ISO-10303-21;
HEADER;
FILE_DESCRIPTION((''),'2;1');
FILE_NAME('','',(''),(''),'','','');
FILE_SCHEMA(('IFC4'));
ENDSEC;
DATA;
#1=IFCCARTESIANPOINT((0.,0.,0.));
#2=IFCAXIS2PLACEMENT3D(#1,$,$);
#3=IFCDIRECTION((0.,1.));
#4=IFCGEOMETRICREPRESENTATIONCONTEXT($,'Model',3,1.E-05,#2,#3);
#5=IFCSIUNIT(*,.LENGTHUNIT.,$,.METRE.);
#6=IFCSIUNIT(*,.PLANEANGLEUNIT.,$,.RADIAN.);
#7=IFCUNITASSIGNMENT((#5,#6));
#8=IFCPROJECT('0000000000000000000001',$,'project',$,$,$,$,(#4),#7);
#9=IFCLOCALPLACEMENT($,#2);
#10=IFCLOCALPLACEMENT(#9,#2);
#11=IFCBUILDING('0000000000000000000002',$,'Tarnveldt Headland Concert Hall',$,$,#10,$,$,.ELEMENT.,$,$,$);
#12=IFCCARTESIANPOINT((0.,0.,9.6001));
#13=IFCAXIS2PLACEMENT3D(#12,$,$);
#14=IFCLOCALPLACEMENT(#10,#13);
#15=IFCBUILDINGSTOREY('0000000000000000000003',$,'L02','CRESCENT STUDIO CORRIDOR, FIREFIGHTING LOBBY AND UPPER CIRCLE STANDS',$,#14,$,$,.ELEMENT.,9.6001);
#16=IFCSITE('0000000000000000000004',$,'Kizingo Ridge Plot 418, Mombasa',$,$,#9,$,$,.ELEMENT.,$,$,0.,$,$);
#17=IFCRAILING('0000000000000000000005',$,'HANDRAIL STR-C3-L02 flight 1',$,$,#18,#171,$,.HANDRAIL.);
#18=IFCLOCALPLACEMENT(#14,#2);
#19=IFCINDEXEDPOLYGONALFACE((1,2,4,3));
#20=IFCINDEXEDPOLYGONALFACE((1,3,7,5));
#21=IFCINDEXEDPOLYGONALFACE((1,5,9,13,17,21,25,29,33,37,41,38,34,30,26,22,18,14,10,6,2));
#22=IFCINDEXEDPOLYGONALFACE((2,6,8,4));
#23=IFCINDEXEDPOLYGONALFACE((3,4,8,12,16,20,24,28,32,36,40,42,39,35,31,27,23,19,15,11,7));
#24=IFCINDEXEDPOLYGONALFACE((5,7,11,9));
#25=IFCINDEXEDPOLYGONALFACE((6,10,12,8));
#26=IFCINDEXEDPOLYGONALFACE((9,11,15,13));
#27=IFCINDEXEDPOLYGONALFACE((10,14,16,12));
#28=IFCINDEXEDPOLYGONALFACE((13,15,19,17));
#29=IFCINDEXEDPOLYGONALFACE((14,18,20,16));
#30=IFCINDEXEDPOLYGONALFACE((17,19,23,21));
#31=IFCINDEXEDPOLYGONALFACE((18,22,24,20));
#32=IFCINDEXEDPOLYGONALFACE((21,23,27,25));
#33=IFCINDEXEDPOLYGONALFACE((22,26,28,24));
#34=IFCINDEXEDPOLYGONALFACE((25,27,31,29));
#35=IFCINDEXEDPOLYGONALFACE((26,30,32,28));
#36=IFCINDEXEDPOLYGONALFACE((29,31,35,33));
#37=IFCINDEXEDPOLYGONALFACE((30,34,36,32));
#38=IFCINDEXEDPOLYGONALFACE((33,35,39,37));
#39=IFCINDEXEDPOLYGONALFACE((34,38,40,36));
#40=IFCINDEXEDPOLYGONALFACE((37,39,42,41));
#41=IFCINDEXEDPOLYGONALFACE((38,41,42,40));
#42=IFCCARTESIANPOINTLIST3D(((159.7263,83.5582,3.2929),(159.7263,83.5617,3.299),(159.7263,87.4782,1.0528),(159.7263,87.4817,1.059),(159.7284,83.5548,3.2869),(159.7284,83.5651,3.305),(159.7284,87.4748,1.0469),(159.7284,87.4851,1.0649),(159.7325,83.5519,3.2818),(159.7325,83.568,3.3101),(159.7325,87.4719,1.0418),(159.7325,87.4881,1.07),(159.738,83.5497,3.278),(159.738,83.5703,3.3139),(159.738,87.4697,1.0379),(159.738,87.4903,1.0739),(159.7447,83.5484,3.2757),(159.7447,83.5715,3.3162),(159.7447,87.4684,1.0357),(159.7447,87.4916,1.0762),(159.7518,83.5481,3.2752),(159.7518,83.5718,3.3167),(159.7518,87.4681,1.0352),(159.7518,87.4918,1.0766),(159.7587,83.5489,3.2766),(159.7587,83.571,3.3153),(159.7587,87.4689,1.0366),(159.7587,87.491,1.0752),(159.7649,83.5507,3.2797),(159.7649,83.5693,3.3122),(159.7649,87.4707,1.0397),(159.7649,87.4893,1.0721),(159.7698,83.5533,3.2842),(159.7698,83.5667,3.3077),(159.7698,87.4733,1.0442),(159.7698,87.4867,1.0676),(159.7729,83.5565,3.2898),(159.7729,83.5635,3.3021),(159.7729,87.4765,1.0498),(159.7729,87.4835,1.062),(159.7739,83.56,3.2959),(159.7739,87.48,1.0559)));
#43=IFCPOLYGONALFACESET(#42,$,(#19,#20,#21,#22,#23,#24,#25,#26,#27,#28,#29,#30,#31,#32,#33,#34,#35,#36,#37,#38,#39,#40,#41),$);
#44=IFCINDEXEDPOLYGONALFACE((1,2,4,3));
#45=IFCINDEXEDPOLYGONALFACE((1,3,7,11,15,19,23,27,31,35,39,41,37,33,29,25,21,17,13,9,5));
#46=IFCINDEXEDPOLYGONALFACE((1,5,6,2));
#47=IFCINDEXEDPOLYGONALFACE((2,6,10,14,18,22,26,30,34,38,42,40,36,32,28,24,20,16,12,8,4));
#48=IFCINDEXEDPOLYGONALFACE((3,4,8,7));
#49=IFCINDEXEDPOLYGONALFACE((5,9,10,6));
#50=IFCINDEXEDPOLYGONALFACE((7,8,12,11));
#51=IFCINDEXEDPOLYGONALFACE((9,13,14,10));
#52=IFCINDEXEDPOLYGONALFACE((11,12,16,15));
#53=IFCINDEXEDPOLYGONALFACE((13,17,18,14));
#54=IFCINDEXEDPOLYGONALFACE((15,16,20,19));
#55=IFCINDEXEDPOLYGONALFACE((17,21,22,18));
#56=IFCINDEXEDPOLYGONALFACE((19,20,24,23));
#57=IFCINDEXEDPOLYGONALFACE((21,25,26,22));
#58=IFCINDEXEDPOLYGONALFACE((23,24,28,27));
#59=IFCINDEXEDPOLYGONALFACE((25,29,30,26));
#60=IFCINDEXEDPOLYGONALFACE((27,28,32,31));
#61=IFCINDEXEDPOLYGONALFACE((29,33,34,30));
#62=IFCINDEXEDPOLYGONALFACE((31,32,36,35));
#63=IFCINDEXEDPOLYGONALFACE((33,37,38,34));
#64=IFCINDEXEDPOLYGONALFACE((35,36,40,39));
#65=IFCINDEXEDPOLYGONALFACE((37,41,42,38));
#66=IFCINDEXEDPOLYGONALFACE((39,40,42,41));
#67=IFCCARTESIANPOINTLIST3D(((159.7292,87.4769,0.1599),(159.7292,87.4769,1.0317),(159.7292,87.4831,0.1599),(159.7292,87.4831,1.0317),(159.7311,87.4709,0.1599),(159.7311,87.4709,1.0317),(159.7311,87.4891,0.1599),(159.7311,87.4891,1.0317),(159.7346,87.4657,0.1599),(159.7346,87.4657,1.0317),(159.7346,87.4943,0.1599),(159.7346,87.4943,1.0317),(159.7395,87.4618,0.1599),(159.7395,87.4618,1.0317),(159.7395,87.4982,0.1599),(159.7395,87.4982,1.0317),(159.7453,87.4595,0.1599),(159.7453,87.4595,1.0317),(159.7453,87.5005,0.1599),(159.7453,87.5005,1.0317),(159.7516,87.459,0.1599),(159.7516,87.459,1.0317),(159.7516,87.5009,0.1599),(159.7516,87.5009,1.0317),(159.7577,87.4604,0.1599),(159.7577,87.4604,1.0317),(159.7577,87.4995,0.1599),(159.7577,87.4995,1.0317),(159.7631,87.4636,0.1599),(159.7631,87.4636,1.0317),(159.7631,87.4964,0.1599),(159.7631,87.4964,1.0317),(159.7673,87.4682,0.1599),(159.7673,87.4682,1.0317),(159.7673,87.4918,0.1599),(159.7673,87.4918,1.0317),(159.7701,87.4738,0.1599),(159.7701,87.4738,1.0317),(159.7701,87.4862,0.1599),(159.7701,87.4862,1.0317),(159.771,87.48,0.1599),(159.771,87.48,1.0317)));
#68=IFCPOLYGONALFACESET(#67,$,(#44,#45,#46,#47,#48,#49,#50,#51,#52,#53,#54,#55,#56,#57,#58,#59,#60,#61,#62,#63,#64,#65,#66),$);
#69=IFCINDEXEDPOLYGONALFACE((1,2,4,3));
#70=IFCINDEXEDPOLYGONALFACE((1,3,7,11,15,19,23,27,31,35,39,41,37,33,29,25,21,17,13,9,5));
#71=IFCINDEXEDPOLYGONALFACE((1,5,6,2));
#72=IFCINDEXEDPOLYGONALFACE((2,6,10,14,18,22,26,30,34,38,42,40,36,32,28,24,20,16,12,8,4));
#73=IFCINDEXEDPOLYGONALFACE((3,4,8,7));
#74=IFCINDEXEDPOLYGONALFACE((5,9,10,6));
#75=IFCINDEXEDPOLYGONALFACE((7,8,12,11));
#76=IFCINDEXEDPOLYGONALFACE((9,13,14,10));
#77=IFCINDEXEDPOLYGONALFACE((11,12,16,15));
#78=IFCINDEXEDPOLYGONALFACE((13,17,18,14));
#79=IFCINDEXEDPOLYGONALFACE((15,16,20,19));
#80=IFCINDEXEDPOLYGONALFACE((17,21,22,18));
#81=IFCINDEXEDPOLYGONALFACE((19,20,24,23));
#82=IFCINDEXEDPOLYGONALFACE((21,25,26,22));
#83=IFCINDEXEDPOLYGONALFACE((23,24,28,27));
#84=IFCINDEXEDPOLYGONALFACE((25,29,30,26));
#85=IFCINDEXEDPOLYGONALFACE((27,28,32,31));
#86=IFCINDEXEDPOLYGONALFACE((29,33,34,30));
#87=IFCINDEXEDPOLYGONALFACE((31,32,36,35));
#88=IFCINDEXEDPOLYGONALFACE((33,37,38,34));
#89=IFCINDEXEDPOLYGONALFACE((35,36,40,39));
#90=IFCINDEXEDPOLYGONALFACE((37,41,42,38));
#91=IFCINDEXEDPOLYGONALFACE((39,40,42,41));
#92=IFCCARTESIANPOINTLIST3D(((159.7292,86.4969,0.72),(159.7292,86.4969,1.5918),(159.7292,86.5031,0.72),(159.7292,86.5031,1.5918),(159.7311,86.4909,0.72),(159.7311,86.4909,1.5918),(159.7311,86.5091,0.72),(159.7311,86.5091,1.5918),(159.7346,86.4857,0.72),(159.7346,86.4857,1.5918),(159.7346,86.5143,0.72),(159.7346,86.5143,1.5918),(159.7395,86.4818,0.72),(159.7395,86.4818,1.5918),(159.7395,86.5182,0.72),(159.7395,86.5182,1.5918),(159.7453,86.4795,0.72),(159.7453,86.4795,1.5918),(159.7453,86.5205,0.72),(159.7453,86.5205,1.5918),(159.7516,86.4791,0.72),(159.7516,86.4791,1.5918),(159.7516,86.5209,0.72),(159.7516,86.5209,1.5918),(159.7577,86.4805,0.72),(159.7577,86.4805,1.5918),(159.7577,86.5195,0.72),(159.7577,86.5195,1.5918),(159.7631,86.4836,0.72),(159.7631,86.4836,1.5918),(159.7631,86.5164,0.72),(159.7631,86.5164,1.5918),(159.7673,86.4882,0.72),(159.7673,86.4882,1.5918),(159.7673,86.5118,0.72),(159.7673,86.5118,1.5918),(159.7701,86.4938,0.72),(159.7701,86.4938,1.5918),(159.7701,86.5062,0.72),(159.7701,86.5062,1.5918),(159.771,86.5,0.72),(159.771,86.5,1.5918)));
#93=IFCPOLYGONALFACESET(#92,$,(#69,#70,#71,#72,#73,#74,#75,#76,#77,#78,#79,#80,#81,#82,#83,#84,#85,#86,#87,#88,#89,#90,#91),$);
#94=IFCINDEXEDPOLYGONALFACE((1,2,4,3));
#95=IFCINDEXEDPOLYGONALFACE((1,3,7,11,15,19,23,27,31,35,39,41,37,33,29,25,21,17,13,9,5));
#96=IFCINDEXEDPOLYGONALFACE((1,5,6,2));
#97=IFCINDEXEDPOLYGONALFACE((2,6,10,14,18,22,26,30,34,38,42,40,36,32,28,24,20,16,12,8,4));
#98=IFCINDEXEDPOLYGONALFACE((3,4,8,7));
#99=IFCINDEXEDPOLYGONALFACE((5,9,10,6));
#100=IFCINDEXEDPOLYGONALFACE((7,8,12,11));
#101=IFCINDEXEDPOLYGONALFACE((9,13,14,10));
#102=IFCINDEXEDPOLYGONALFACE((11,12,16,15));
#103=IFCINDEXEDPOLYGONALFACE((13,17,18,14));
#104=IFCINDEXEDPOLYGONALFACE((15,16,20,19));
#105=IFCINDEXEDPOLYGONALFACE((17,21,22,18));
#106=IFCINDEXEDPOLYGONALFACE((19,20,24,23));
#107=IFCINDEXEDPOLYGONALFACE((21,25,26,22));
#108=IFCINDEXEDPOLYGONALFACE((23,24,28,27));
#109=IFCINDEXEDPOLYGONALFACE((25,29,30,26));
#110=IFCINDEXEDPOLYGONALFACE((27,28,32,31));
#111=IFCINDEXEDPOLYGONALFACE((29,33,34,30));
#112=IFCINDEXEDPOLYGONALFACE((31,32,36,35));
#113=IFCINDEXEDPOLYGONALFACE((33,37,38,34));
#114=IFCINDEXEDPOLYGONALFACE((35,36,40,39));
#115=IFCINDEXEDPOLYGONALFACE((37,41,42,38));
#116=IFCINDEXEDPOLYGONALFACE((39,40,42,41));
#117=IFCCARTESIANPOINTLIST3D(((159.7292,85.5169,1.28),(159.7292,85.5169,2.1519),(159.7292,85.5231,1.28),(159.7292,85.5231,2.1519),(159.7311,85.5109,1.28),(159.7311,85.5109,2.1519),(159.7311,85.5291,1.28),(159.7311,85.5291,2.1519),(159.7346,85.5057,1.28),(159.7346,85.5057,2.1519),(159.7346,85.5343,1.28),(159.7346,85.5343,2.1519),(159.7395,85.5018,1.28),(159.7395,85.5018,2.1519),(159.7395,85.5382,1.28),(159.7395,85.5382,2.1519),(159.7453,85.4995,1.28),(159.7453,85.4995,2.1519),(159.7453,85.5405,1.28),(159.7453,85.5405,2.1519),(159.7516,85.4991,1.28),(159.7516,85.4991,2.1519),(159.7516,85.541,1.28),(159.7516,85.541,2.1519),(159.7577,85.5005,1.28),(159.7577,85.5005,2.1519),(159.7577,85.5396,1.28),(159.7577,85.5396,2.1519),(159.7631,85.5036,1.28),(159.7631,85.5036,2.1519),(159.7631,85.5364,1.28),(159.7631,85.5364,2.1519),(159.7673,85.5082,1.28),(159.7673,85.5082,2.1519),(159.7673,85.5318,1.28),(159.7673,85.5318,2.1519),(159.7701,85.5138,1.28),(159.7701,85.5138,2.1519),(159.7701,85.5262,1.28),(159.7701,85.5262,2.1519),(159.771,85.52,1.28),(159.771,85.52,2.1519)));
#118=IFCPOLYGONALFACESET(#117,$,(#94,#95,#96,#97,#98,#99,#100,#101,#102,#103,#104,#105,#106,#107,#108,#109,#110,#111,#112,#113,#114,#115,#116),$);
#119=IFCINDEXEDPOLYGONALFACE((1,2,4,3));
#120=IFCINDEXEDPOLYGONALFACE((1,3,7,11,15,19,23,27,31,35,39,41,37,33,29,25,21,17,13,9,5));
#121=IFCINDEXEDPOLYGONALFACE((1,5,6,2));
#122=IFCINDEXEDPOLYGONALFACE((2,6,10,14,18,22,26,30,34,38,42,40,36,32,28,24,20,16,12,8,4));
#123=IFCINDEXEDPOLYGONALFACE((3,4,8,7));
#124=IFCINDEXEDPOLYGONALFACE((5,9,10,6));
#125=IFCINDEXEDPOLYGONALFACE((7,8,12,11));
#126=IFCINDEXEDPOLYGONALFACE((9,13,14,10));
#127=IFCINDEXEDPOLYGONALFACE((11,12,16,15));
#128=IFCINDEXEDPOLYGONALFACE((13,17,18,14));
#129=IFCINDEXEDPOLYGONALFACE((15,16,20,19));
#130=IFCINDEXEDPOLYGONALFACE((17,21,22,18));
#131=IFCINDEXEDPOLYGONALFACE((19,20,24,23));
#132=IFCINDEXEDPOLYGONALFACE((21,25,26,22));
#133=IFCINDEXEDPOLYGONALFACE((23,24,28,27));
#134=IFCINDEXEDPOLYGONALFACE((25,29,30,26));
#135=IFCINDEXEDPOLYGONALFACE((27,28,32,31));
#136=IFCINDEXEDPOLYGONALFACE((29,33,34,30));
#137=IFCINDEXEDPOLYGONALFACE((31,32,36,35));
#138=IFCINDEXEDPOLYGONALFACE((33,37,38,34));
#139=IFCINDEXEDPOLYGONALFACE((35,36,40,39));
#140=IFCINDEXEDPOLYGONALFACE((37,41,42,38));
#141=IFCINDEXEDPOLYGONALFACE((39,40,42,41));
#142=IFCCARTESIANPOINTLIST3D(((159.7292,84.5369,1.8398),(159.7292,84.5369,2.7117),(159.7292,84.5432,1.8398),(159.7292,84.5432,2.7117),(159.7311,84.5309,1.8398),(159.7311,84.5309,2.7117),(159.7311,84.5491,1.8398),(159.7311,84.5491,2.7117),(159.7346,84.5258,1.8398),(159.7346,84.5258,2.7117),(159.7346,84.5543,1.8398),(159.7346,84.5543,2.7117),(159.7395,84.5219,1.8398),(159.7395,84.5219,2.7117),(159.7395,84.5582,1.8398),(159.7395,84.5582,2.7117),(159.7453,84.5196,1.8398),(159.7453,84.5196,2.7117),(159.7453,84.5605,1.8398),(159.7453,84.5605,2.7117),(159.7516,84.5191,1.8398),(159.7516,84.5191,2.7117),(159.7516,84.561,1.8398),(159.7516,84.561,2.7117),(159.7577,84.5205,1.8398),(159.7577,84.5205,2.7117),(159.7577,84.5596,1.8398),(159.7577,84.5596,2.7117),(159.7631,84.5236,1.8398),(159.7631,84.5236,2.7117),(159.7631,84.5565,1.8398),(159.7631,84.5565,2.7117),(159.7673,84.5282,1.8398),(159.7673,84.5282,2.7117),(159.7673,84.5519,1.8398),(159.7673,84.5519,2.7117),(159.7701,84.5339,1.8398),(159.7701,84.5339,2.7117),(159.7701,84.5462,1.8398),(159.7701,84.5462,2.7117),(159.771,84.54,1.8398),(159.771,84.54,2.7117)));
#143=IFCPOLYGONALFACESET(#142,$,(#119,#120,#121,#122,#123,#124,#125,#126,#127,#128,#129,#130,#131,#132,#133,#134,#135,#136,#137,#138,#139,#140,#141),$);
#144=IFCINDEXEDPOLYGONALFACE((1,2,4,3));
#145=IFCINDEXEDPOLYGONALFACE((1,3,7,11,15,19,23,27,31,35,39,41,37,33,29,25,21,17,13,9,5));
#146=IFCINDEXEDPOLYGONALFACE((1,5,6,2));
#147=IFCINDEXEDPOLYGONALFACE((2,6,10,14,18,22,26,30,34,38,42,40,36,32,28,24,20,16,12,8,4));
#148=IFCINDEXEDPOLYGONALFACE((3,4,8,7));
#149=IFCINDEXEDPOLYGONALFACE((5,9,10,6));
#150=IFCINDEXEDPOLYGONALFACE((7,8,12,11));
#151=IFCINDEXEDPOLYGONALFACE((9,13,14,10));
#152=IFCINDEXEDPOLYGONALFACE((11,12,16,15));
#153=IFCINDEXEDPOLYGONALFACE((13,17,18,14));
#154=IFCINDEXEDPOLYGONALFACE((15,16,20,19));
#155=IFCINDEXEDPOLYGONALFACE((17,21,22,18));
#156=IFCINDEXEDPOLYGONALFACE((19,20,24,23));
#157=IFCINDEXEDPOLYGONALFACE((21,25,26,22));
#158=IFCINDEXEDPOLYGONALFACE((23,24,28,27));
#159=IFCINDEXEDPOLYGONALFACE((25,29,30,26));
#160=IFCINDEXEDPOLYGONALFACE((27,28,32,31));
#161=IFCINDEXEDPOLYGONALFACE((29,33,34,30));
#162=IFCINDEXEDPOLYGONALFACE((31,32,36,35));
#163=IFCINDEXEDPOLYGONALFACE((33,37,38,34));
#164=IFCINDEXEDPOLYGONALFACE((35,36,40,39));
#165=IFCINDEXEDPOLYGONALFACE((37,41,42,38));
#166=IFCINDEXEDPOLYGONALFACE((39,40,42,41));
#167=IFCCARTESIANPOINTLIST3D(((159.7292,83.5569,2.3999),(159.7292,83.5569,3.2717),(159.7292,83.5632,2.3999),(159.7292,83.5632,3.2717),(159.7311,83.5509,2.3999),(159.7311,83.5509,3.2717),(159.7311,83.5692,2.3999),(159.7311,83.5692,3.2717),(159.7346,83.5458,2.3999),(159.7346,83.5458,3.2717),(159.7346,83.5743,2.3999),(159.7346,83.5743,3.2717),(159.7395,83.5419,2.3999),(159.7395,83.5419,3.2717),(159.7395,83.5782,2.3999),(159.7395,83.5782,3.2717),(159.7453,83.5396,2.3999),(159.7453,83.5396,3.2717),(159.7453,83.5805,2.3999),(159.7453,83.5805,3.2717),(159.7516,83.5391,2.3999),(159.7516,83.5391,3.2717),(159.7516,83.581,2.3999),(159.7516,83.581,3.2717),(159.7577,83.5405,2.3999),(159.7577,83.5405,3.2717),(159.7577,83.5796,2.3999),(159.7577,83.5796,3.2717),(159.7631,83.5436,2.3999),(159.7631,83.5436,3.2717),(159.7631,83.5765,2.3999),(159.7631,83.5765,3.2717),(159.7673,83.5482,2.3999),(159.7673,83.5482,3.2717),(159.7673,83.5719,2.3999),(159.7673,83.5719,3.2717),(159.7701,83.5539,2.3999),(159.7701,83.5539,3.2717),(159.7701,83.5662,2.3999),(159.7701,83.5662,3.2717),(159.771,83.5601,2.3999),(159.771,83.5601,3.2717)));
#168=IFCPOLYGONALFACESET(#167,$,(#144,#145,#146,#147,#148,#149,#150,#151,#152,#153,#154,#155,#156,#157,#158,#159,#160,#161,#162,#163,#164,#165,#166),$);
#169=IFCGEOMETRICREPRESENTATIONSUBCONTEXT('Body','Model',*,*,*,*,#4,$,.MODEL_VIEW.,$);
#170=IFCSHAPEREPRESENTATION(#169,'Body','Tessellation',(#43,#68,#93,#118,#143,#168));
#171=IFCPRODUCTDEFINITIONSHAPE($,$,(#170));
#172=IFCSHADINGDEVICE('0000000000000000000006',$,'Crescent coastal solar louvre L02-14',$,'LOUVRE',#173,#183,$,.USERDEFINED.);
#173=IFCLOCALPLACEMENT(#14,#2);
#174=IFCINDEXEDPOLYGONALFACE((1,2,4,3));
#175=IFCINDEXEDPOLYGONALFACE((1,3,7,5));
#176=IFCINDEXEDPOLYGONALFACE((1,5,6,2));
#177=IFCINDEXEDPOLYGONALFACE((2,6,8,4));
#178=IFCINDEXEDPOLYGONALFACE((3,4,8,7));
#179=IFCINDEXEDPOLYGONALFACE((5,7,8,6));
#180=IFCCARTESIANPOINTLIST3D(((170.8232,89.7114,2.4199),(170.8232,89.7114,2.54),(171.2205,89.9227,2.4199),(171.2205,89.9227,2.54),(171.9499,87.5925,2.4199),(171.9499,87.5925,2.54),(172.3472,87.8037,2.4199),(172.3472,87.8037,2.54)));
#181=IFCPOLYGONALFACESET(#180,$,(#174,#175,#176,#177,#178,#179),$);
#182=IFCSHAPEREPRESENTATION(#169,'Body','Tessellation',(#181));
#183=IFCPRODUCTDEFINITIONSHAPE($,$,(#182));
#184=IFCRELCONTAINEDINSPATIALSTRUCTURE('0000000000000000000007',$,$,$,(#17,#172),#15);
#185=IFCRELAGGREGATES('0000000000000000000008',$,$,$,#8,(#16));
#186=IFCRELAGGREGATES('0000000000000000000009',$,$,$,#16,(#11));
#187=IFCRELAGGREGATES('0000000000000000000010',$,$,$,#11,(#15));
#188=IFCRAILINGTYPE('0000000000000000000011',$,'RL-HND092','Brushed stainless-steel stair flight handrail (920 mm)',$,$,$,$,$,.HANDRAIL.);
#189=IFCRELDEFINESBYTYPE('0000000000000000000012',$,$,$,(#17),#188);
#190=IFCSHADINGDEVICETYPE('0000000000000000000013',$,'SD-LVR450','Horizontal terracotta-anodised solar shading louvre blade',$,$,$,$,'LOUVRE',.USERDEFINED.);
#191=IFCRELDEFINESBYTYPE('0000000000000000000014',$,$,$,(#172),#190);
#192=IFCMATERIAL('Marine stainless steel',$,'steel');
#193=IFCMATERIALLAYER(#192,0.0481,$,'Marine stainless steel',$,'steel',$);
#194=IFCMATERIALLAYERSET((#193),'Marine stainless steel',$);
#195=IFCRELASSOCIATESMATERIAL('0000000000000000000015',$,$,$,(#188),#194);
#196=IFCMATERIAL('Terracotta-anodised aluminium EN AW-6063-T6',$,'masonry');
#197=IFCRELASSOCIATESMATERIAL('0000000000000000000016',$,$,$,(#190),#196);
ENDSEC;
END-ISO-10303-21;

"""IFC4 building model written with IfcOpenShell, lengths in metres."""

from ifc_helpers import new_model, si_unit, direction, frame, origin, origin_2d, place, context, subcontext, project, spatial, rectangle, circle, extrude, material, layer, layer_set, type_object, element, save


model = new_model("IFC4")

# Units and contexts
model_context = context("Model", 3, precision=1e-05, world=origin(), true_north=direction((0.0, 1.0)))
body_context = subcontext(model_context, "Body", "Model", "MODEL_VIEW")
ifc_project = project(units=[si_unit("LENGTHUNIT", "METRE"), si_unit("PLANEANGLEUNIT", "RADIAN")], contexts=[model_context])

# Site, building, storey
site_placement = place(None, origin())
site = spatial("IfcSite", under=ifc_project, at=site_placement, Name="Kizingo Ridge Plot 418, Mombasa", CompositionType="ELEMENT", RefElevation=0.0)
building_placement = place(site_placement, origin())
building = spatial("IfcBuilding", under=site, at=building_placement, Name="Tarnveldt Headland Concert Hall", CompositionType="ELEMENT")
storey_placement = place(building_placement, frame((0.0, 0.0, 9.6001)))
storey = spatial("IfcBuildingStorey", under=building, at=storey_placement, Name="L02", Description="CRESCENT STUDIO CORRIDOR, FIREFIGHTING LOBBY AND UPPER CIRCLE STANDS", CompositionType="ELEMENT", Elevation=9.6001)

# Railing
ifc_material_1 = material(Name="Marine stainless steel", Category="steel")
ifc_layer_1 = layer(ifc_material_1, 0.0481, Name="Marine stainless steel", Category="steel")
ifc_layer_set_1 = layer_set([ifc_layer_1], Name="Marine stainless steel")
railing_type = type_object("IfcRailingType", Name="RL-HND092", Description="Brushed stainless-steel stair flight handrail (920 mm)", PredefinedType="HANDRAIL", material=ifc_layer_set_1)
railing_placement = place(storey_placement, frame((159.75, 87.48, 0.1599)))
element("IfcRailing", 1, at=railing_placement, inside=storey, type_object=railing_type, Name="HANDRAIL STR-C3-L02 flight 1", PredefinedType="HANDRAIL", context=body_context, shape_type="SweptSolid", body=[
    extrude(circle(Radius=0.0239, at=origin_2d()), frame((0.0, 0.0, 0.896), z_axis=(0.0, -0.86824, 0.496145), x_axis=(1.0, 0.0, 0.0)), (0.0, 0.0, 1.0), 4.5149),
    extrude(circle(Radius=0.021, at=origin_2d()), origin(), (0.0, 0.0, 1.0), 0.8718),
    extrude(circle(Radius=0.021, at=origin_2d()), frame((0.0, -0.98, 0.5601)), (0.0, 0.0, 1.0), 0.8718),
    extrude(circle(Radius=0.021, at=origin_2d()), frame((0.0, -1.96, 1.1201)), (0.0, 0.0, 1.0), 0.8718),
    extrude(circle(Radius=0.021, at=origin_2d()), frame((0.0, -2.9399, 1.6799)), (0.0, 0.0, 1.0), 0.8718),
    extrude(circle(Radius=0.021, at=origin_2d()), frame((0.0, -3.9199, 2.24)), (0.0, 0.0, 1.0), 0.8718),
])

# Shading device
ifc_material_2 = material(Name="Terracotta-anodised aluminium EN AW-6063-T6", Category="masonry")
shading_device_type = type_object("IfcShadingDeviceType", Name="SD-LVR450", Description="Horizontal terracotta-anodised solar shading louvre blade", ElementType="LOUVRE", PredefinedType="USERDEFINED", material=ifc_material_2)
shading_device_placement = place(storey_placement, frame((171.5852, 88.7576, 2.4199), z_axis=(0.0, 0.0, 1.0), x_axis=(0.882948, 0.469472, 0.0)))
element("IfcShadingDevice", 2, at=shading_device_placement, inside=storey, type_object=shading_device_type, Name="Crescent coastal solar louvre L02-14", ObjectType="LOUVRE", PredefinedType="USERDEFINED", context=body_context, shape_type="SweptSolid", body=[
    extrude(rectangle(XDim=0.45, YDim=2.3999, at=origin_2d()), origin(), (0.0, 0.0, 1.0), 0.1201),
])

save(model, "model.ifc")
